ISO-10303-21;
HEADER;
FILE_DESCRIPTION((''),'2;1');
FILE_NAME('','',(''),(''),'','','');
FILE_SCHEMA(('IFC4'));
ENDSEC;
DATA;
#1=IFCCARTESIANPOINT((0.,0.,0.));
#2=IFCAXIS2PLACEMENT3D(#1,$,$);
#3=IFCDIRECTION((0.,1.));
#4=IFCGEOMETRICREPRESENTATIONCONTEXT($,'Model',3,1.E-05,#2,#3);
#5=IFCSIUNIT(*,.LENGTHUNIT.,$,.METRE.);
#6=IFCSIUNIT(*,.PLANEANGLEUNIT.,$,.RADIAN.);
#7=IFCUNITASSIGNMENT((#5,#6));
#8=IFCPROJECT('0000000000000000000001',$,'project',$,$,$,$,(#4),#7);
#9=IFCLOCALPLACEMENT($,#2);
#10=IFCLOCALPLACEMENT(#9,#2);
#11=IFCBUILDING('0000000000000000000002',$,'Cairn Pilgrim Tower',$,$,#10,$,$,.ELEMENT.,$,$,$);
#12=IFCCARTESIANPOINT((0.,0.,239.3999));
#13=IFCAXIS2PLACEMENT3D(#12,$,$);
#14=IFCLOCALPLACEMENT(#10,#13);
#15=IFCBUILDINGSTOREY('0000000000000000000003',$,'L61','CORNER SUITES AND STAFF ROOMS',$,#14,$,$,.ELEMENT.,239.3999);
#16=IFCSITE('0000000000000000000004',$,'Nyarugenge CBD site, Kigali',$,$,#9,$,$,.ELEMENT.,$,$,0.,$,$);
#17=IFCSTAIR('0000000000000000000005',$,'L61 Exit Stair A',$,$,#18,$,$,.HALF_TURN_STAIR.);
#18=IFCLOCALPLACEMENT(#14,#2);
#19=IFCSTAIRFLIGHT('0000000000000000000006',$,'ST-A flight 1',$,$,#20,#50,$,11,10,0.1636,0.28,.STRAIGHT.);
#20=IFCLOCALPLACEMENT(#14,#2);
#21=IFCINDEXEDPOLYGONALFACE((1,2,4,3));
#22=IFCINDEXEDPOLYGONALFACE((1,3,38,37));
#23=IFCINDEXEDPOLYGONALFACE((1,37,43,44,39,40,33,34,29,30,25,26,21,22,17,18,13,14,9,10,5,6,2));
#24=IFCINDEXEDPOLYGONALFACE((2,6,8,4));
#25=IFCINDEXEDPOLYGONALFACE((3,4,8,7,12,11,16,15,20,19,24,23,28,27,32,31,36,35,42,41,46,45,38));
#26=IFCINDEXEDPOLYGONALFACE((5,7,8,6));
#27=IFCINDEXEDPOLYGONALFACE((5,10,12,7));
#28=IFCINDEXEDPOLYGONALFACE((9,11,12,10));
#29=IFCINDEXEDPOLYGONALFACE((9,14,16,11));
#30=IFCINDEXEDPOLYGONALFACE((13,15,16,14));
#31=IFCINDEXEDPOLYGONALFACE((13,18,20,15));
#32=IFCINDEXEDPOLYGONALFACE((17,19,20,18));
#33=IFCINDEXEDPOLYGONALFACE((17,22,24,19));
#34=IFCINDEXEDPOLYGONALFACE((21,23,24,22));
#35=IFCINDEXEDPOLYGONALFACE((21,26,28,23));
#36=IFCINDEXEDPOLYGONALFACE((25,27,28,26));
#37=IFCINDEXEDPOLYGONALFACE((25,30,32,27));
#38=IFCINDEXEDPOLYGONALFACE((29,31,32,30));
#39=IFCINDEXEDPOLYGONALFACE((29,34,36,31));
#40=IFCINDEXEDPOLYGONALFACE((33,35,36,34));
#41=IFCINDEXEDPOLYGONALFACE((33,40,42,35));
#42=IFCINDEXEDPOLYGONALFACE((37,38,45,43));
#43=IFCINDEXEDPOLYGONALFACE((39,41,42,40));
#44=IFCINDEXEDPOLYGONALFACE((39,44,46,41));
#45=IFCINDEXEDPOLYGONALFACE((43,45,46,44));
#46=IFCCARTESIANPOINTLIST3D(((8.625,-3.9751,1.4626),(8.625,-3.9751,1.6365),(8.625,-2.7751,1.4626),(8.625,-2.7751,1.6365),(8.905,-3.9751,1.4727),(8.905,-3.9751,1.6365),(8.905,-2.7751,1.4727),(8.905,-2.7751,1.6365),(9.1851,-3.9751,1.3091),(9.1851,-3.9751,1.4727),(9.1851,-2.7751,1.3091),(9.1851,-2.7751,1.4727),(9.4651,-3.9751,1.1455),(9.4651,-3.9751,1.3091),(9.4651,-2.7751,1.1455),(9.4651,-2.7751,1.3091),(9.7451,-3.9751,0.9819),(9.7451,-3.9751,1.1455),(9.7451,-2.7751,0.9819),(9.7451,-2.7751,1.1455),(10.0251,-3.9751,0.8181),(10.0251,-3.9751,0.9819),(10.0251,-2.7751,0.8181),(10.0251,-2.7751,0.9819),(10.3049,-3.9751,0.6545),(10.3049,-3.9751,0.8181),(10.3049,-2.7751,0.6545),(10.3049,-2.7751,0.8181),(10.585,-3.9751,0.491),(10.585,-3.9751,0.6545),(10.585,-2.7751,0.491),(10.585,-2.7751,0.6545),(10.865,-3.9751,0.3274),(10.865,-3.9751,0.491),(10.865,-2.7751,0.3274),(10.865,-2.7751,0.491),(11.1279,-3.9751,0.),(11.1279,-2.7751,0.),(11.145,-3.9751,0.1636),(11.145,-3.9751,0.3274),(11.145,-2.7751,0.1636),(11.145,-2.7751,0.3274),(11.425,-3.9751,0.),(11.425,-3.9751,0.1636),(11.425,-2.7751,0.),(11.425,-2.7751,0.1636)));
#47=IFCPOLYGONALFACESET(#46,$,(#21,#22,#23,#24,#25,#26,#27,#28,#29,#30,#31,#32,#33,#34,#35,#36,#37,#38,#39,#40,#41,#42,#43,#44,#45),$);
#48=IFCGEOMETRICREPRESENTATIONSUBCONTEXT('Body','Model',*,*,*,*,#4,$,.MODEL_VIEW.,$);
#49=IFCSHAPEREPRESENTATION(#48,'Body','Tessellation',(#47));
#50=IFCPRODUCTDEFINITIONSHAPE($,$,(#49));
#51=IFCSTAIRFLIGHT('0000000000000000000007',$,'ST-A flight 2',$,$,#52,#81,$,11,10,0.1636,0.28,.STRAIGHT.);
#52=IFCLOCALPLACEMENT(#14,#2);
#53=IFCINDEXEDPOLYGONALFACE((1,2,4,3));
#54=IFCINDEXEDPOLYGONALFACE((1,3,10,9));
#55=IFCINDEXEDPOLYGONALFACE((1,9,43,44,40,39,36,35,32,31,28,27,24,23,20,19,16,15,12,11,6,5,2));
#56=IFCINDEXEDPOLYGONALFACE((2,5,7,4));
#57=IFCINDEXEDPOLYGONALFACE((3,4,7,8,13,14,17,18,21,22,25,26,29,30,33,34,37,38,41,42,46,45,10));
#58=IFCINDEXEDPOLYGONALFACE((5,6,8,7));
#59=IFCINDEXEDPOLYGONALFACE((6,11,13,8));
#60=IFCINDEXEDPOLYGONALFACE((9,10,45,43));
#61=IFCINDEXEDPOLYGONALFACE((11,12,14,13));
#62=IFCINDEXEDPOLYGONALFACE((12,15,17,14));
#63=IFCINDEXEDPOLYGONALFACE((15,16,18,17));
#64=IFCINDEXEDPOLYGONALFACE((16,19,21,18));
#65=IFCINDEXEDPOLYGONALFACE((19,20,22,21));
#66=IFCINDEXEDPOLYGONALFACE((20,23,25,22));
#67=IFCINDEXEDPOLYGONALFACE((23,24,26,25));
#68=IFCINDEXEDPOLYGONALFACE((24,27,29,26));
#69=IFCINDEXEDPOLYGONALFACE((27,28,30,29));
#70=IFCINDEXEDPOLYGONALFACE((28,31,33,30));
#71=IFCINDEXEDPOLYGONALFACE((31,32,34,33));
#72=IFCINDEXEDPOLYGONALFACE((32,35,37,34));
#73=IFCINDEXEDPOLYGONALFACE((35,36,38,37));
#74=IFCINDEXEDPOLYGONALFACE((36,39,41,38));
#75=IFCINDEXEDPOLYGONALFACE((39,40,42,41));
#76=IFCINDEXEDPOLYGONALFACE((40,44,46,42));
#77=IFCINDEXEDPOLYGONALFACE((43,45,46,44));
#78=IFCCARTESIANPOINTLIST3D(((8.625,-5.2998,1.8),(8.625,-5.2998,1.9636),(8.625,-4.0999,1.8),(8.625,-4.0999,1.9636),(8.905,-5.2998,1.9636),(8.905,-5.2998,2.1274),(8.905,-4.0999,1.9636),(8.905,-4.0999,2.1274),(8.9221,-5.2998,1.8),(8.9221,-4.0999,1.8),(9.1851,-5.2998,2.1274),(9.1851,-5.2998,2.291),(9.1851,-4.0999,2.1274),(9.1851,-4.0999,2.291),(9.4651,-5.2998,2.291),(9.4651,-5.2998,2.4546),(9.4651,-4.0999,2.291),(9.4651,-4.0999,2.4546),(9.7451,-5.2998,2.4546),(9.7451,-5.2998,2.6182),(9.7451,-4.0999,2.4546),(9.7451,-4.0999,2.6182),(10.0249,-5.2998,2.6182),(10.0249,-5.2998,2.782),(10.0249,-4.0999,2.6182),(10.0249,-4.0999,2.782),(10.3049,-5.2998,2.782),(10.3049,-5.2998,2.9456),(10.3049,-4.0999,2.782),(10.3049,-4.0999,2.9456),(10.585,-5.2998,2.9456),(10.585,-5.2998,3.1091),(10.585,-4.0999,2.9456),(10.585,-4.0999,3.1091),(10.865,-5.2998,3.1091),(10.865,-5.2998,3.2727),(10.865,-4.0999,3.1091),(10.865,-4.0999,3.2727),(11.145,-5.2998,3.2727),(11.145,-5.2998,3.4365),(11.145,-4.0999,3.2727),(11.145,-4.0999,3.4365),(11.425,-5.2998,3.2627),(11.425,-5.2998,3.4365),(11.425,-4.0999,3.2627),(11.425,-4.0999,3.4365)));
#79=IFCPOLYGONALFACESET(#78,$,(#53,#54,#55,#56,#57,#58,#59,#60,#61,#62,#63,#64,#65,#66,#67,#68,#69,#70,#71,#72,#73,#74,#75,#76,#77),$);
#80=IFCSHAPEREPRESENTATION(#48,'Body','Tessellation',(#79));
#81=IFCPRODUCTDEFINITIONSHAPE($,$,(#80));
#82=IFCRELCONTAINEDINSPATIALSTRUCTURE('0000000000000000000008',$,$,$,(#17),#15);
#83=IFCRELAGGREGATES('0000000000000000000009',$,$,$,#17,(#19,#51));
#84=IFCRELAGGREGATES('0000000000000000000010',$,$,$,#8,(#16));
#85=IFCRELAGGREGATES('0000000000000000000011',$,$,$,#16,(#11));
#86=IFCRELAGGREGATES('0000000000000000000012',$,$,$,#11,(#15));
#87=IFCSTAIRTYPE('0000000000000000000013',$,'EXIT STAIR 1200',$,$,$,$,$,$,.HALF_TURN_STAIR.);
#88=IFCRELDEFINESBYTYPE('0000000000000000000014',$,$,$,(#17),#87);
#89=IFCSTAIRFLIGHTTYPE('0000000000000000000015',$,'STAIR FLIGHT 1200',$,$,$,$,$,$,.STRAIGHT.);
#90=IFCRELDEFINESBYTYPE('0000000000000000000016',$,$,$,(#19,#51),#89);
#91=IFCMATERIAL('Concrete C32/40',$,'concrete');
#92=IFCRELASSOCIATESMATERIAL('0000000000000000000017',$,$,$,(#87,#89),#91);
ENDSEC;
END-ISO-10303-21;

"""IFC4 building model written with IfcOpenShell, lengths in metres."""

from ifc_helpers import new_model, si_unit, direction, frame, origin, place, context, subcontext, project, spatial, polyline, outline, extrude, material, type_object, element, aggregate, save


model = new_model("IFC4")

# Units and contexts
model_context = context("Model", 3, precision=1e-05, world=origin(), true_north=direction((0.0, 1.0)))
body_context = subcontext(model_context, "Body", "Model", "MODEL_VIEW")
ifc_project = project(units=[si_unit("LENGTHUNIT", "METRE"), si_unit("PLANEANGLEUNIT", "RADIAN")], contexts=[model_context])

# Site, building, storey
site_placement = place(None, origin())
site = spatial("IfcSite", under=ifc_project, at=site_placement, Name="Nyarugenge CBD site, Kigali", CompositionType="ELEMENT", RefElevation=0.0)
building_placement = place(site_placement, origin())
building = spatial("IfcBuilding", under=site, at=building_placement, Name="Cairn Pilgrim Tower", CompositionType="ELEMENT")
storey_placement = place(building_placement, frame((0.0, 0.0, 239.3999)))
storey = spatial("IfcBuildingStorey", under=building, at=storey_placement, Name="L61", Description="CORNER SUITES AND STAFF ROOMS", CompositionType="ELEMENT", Elevation=239.3999)

# Stair
ifc_material_1 = material(Name="Concrete C32/40", Category="concrete")
stair_type = type_object("IfcStairType", Name="EXIT STAIR 1200", PredefinedType="HALF_TURN_STAIR", material=ifc_material_1)
stair_1_placement = place(storey_placement, origin())
stair_1 = element("IfcStair", 1, at=stair_1_placement, inside=storey, type_object=stair_type, Name="L61 Exit Stair A", PredefinedType="HALF_TURN_STAIR")

# Stair flights
stair_flight_type = type_object("IfcStairFlightType", Name="STAIR FLIGHT 1200", PredefinedType="STRAIGHT", material=ifc_material_1)
stair_flight_1_placement = place(storey_placement, frame((11.425, -3.375, 0.0), z_axis=(0.0, 0.0, 1.0), x_axis=(-1.0, 0.0, 0.0)))
stair_flight_1 = element("IfcStairFlight", 2, at=stair_flight_1_placement, type_object=stair_flight_type, Name="ST-A flight 1", NumberOfRisers=11, NumberOfTreads=10, PredefinedType="STRAIGHT", RiserHeight=0.1636, TreadLength=0.28, context=body_context, shape_type="SweptSolid", body=[
    extrude(outline(polyline([(0.0, 0.0), (0.0, 0.1636), (0.28, 0.1636), (0.28, 0.3274), (0.5601, 0.3274), (0.5601, 0.491), (0.8401, 0.491), (0.8401, 0.6545), (1.1201, 0.6545), (1.1201, 0.8181), (1.3999, 0.8181), (1.3999, 0.9819), (1.6799, 0.9819), (1.6799, 1.1455), (1.96, 1.1455), (1.96, 1.3091), (2.24, 1.3091), (2.24, 1.4727), (2.52, 1.4727), (2.52, 1.6365), (2.8, 1.6365), (2.8, 1.8), (2.8, 1.4626), (0.2971, 0.0), (0.0, 0.0)])), frame((0.0, 0.6001, 0.0), z_axis=(0.0, -1.0, 0.0), x_axis=(1.0, 0.0, 0.0)), (0.0, 0.0, 1.0), 1.2),
])
stair_flight_2_placement = place(storey_placement, frame((8.625, -4.7, 1.8), z_axis=(0.0, 0.0, 1.0), x_axis=(1.0, 0.0, 0.0)))
stair_flight_2 = element("IfcStairFlight", 3, at=stair_flight_2_placement, type_object=stair_flight_type, Name="ST-A flight 2", NumberOfRisers=11, NumberOfTreads=10, PredefinedType="STRAIGHT", RiserHeight=0.1636, TreadLength=0.28, context=body_context, shape_type="SweptSolid", body=[
    extrude(outline(polyline([(0.0, 0.0), (0.0, 0.1636), (0.28, 0.1636), (0.28, 0.3274), (0.5601, 0.3274), (0.5601, 0.491), (0.8401, 0.491), (0.8401, 0.6545), (1.1201, 0.6545), (1.1201, 0.8181), (1.3999, 0.8181), (1.3999, 0.9819), (1.6799, 0.9819), (1.6799, 1.1455), (1.96, 1.1455), (1.96, 1.3091), (2.24, 1.3091), (2.24, 1.4727), (2.52, 1.4727), (2.52, 1.6365), (2.8, 1.6365), (2.8, 1.8), (2.8, 1.4626), (0.2971, 0.0), (0.0, 0.0)])), frame((0.0, 0.6001, 0.0), z_axis=(0.0, -1.0, 0.0), x_axis=(1.0, 0.0, 0.0)), (0.0, 0.0, 1.0), 1.2),
])
aggregate(stair_1, [stair_flight_1, stair_flight_2])

save(model, "model.ifc")
